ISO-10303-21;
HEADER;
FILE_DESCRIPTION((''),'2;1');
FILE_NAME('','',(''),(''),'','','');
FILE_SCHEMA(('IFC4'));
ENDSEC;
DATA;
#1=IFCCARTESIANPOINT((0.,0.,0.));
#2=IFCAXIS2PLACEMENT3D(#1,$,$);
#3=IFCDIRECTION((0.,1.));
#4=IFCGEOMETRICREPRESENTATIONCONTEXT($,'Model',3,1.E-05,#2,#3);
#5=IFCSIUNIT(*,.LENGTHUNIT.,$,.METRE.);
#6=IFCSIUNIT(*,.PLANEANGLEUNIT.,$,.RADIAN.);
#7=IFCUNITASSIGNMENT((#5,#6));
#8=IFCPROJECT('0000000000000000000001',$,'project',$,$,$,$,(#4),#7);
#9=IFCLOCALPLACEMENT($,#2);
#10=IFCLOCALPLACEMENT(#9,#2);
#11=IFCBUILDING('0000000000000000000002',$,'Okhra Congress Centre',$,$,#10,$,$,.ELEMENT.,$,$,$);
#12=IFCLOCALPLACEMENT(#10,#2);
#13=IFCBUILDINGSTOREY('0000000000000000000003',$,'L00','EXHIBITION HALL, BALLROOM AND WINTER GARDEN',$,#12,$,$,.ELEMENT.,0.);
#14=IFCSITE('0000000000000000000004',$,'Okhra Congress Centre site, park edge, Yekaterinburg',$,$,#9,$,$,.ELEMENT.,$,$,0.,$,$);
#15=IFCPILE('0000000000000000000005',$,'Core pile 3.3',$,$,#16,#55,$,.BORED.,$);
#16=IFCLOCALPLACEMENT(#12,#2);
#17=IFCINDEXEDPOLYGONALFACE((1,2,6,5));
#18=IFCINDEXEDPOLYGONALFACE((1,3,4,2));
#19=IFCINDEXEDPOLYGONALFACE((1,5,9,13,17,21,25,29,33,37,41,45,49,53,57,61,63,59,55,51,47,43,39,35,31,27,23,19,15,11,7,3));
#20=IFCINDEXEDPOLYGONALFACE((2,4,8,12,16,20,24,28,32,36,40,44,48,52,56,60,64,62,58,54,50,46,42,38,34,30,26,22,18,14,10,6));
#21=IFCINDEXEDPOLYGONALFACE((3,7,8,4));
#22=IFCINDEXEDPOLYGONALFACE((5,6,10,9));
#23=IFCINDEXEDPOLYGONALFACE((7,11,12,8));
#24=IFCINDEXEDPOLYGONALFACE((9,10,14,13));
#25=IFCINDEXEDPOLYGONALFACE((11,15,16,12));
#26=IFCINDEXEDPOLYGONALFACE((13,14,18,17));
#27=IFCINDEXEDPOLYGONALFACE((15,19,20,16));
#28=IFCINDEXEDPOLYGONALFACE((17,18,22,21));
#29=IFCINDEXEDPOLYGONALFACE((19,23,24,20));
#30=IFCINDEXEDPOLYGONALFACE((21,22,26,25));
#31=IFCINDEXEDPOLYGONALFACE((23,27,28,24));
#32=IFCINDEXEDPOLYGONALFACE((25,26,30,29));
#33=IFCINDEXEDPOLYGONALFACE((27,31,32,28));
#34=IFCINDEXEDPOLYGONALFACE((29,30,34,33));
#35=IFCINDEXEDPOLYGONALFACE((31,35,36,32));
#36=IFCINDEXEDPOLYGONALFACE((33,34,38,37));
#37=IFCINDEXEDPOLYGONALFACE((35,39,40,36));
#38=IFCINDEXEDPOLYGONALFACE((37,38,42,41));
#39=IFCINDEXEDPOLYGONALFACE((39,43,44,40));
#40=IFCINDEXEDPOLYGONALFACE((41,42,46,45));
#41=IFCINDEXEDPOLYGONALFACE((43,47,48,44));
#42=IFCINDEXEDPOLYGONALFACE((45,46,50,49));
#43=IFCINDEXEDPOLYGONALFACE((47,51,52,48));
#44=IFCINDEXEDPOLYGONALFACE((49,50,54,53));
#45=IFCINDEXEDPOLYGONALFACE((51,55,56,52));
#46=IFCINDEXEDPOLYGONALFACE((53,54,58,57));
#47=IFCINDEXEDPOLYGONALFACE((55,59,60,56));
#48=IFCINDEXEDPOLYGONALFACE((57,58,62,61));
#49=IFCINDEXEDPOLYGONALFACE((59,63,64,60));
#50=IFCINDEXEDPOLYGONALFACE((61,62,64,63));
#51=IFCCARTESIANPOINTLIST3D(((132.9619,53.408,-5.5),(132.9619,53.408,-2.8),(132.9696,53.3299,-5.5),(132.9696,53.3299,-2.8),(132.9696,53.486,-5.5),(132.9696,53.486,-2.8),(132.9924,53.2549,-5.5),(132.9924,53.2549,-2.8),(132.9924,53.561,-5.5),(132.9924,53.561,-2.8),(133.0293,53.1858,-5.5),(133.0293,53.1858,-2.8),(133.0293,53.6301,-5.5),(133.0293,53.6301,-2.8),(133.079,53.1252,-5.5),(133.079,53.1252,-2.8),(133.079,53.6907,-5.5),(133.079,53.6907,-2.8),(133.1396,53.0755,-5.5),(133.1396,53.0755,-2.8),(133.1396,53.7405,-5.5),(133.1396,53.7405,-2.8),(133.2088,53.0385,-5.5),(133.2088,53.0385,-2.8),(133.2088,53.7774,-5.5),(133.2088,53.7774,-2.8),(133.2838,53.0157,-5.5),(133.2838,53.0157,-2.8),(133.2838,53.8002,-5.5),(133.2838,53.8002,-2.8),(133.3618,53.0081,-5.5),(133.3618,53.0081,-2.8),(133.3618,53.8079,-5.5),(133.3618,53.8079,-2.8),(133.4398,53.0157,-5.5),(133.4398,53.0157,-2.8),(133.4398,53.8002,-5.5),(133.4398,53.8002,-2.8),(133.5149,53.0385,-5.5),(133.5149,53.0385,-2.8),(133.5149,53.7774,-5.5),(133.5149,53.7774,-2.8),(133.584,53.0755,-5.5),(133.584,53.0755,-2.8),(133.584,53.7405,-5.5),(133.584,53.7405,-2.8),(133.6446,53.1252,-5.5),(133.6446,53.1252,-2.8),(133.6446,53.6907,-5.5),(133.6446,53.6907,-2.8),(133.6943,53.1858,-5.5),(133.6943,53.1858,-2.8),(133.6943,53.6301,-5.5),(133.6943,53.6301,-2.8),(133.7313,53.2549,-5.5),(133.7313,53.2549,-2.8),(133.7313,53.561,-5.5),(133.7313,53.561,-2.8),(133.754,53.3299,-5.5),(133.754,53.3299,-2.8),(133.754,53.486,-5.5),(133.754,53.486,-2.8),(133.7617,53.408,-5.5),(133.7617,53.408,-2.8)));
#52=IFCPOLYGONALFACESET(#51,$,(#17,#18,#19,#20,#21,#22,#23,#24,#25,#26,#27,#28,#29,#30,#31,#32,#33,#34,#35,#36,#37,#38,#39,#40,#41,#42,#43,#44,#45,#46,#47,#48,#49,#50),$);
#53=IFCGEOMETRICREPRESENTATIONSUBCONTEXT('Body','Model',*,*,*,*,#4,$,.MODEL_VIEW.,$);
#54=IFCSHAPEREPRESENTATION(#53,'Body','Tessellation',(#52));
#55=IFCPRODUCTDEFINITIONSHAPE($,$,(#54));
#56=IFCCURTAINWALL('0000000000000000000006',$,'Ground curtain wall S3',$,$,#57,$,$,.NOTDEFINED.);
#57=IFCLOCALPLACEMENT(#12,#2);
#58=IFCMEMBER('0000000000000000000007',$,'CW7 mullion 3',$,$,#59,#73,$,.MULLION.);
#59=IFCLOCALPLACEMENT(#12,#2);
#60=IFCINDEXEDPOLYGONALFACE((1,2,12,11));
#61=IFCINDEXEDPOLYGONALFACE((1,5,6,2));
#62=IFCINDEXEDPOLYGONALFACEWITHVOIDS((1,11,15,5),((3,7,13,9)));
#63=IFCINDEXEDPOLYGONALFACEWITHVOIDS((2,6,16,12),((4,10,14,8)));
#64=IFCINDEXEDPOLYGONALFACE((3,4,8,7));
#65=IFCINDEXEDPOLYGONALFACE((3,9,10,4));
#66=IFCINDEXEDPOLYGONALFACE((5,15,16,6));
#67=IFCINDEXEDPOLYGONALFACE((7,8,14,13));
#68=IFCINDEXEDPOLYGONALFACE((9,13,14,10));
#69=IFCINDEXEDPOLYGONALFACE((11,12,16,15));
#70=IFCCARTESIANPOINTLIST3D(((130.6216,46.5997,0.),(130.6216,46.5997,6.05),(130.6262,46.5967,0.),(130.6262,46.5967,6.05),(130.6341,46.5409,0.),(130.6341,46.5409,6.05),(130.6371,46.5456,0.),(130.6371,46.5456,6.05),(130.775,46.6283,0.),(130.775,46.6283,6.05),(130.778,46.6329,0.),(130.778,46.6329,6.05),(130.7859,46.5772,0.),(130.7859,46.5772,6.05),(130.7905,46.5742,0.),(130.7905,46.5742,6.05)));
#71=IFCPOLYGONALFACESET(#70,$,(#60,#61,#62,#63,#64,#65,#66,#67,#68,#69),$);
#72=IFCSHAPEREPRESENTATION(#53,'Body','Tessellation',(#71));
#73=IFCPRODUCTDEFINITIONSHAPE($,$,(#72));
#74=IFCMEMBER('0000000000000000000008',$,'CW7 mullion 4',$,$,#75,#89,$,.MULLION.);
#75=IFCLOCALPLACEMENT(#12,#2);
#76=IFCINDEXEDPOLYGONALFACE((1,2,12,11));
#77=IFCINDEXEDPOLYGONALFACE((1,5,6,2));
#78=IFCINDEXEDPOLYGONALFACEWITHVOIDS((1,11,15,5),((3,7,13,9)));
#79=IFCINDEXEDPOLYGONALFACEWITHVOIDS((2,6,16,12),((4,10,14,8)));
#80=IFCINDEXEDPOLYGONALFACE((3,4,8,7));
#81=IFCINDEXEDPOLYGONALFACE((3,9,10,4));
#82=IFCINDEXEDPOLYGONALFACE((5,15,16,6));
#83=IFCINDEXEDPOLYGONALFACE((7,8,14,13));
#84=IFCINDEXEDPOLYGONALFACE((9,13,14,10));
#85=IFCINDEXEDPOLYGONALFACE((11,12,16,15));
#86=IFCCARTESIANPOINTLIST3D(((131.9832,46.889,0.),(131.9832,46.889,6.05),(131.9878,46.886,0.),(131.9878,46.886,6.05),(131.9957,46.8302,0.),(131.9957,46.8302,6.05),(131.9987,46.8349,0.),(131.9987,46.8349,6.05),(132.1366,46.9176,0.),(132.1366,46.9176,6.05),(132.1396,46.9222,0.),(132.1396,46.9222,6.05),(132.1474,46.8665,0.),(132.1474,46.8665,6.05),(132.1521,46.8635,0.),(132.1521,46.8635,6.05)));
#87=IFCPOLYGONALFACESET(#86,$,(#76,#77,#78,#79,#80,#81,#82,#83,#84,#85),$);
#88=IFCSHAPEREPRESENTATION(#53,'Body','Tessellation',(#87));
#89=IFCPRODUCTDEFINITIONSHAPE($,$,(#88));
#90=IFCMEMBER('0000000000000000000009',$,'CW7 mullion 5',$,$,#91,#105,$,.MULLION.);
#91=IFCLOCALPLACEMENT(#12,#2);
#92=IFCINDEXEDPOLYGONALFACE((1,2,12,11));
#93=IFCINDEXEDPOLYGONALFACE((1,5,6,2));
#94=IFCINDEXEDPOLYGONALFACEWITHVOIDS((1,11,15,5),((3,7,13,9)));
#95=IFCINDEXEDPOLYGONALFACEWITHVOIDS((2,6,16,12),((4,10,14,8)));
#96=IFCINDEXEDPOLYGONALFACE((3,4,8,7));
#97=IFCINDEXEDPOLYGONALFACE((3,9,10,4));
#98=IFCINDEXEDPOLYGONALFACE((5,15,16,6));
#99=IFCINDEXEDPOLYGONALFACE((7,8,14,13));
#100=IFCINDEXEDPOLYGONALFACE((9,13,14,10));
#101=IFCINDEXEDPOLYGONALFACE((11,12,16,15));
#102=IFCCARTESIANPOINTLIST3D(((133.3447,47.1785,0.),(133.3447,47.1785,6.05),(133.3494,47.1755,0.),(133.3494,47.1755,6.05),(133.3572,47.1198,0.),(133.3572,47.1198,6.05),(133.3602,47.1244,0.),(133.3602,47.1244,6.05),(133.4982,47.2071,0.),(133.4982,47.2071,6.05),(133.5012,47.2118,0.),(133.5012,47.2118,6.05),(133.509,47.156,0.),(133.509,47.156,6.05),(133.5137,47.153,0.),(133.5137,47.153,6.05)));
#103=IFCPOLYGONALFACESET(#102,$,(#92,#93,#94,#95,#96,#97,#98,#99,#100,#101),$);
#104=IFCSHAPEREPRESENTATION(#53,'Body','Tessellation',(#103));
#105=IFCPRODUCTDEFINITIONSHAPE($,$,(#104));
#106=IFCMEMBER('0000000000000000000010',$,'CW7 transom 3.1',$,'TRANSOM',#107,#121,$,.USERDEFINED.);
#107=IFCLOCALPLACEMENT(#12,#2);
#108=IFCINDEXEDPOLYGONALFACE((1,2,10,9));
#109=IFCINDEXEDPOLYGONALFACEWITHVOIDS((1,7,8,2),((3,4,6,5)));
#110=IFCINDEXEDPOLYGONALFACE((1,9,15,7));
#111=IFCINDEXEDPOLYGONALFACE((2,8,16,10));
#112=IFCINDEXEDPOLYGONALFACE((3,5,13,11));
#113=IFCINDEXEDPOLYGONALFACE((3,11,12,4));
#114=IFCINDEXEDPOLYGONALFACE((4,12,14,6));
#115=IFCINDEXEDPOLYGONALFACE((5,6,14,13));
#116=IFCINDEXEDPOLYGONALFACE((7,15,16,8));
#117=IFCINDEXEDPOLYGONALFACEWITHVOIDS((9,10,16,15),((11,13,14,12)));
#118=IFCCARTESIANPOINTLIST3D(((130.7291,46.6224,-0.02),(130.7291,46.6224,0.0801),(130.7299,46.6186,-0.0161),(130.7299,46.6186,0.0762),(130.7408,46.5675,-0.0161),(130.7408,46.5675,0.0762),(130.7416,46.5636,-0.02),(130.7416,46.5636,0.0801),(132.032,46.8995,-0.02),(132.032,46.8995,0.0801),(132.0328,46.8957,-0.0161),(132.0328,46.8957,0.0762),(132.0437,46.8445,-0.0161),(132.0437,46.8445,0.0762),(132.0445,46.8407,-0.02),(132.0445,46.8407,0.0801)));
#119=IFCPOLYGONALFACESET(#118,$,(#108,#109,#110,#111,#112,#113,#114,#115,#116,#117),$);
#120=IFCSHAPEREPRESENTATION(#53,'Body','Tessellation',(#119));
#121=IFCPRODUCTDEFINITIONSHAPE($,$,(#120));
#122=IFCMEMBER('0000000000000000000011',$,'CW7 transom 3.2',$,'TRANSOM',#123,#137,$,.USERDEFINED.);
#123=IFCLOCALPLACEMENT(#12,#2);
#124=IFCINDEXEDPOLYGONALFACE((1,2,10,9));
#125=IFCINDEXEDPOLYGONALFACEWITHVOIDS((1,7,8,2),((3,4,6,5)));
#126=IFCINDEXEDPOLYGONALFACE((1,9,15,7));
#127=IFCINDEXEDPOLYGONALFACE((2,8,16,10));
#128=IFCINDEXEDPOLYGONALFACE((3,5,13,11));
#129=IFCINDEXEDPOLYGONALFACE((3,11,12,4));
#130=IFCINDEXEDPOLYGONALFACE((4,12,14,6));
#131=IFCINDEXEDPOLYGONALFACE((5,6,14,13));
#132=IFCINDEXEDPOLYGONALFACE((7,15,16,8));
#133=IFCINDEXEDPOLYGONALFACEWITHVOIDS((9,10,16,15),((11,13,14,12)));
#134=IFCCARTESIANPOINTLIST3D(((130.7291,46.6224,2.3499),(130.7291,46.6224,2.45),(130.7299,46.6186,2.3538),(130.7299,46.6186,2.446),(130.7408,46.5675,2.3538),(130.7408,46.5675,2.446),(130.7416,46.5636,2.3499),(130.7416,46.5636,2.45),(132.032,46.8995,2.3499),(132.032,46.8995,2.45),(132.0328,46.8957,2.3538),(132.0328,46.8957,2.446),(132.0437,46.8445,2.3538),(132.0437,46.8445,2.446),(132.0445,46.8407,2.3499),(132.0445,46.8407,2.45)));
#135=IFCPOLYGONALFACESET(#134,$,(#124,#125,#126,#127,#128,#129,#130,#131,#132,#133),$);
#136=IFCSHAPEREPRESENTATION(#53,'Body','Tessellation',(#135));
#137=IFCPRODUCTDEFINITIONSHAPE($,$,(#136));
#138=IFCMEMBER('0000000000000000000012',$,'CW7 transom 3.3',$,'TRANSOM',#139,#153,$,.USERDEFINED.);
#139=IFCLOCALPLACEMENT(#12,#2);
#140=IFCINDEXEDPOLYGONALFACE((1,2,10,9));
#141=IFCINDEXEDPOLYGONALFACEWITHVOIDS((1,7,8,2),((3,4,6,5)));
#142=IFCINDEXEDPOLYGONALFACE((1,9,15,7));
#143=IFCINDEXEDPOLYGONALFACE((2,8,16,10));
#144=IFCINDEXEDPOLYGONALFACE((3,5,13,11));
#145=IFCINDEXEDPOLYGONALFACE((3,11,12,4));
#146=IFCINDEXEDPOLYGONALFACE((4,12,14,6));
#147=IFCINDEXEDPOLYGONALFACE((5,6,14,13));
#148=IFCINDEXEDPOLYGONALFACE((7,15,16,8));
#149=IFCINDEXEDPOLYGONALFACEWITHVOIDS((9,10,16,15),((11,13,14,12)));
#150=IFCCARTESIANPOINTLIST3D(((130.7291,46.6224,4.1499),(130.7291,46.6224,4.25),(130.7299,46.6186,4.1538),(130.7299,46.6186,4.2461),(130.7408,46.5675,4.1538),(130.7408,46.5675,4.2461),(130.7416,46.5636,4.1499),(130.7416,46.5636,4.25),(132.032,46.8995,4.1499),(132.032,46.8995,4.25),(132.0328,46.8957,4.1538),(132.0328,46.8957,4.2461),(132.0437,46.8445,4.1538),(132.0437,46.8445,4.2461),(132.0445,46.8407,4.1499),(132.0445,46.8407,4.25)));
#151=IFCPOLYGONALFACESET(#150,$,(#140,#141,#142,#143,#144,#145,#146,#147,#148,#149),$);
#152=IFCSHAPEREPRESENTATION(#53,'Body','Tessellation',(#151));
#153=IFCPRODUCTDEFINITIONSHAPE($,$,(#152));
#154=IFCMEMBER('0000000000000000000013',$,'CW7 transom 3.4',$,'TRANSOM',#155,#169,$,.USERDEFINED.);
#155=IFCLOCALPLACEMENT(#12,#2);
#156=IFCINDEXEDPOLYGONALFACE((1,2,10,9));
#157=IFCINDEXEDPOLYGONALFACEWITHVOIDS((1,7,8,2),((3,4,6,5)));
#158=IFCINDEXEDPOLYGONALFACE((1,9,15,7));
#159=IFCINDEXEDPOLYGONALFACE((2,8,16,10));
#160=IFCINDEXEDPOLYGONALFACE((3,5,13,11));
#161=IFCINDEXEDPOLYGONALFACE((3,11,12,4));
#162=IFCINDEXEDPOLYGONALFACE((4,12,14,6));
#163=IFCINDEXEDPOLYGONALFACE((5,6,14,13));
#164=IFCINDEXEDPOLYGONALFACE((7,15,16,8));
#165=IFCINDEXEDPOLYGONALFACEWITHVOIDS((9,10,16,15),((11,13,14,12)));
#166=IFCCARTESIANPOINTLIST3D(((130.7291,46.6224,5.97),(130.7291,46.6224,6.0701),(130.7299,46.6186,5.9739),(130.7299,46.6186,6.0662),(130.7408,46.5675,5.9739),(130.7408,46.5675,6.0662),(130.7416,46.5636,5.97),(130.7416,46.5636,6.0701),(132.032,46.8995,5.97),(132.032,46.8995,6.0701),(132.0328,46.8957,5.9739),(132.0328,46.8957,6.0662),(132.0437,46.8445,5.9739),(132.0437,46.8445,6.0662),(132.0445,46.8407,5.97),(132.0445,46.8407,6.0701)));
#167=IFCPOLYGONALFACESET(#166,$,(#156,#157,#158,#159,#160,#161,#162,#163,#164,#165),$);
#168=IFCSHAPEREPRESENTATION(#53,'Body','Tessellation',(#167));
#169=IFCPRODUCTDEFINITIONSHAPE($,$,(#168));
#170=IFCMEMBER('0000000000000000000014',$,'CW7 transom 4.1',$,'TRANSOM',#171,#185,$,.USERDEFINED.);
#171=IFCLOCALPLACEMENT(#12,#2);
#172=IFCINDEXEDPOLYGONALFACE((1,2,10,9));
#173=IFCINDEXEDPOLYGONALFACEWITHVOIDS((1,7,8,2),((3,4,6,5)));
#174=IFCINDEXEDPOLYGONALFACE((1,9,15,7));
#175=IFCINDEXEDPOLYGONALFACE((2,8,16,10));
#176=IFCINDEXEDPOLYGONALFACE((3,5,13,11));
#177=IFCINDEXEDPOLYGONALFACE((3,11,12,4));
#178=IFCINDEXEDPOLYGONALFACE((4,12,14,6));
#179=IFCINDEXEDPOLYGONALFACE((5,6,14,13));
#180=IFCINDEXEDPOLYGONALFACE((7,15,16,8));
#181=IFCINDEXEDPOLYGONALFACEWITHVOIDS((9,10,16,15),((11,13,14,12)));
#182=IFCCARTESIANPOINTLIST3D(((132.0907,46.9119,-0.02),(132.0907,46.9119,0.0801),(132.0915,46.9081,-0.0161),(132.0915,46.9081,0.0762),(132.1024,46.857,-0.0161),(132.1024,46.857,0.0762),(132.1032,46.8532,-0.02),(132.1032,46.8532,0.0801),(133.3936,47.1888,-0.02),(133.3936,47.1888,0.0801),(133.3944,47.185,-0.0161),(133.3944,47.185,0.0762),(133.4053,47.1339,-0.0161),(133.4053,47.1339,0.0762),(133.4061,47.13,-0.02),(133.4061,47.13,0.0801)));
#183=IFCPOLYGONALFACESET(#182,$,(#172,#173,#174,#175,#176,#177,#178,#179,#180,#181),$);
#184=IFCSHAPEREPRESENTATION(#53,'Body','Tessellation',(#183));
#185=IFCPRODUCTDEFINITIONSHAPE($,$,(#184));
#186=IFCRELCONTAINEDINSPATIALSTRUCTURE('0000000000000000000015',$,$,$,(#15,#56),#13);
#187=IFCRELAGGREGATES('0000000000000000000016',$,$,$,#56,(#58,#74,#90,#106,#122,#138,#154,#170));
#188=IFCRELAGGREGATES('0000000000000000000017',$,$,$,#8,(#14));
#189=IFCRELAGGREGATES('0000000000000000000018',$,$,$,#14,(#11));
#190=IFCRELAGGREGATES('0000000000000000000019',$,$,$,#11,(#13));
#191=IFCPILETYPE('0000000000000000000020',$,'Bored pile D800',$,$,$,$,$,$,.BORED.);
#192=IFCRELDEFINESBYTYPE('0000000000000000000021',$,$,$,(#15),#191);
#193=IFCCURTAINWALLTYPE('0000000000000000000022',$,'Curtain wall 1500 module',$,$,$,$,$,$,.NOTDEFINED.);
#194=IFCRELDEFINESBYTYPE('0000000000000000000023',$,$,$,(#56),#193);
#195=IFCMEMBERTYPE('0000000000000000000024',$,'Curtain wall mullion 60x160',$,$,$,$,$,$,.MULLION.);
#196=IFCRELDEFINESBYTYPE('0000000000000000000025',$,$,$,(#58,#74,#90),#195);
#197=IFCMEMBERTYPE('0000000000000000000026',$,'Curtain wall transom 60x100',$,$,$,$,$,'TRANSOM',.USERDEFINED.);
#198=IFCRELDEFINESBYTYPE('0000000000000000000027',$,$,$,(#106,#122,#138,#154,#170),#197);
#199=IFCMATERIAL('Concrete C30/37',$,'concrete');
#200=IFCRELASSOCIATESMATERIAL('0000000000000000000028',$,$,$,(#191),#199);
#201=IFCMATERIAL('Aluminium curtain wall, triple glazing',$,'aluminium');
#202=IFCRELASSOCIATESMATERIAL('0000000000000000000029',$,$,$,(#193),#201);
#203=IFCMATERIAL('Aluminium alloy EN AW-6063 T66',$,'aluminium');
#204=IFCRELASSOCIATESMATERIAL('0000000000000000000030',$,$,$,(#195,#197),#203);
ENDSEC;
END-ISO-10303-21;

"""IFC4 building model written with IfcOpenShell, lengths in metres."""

from ifc_helpers import new_model, si_unit, direction, frame, origin, origin_2d, place, context, subcontext, project, spatial, hollow_rectangle, circle, extrude, material, material_profile, profile_set, type_object, element, aggregate, save


model = new_model("IFC4")

# Units and contexts
model_context = context("Model", 3, precision=1e-05, world=origin(), true_north=direction((0.0, 1.0)))
body_context = subcontext(model_context, "Body", "Model", "MODEL_VIEW")
ifc_project = project(units=[si_unit("LENGTHUNIT", "METRE"), si_unit("PLANEANGLEUNIT", "RADIAN")], contexts=[model_context])

# Site, building, storey
site_placement = place(None, origin())
site = spatial("IfcSite", under=ifc_project, at=site_placement, Name="Okhra Congress Centre site, park edge, Yekaterinburg", CompositionType="ELEMENT", RefElevation=0.0)
building_placement = place(site_placement, origin())
building = spatial("IfcBuilding", under=site, at=building_placement, Name="Okhra Congress Centre", CompositionType="ELEMENT")
storey_placement = place(building_placement, origin())
storey = spatial("IfcBuildingStorey", under=building, at=storey_placement, Name="L00", Description="EXHIBITION HALL, BALLROOM AND WINTER GARDEN", CompositionType="ELEMENT", Elevation=0.0)

# Pile
ifc_material_1 = material(Name="Concrete C30/37", Category="concrete")
ifc_material_profile_1 = material_profile(ifc_material_1, circle(Radius=0.3999, at=origin_2d()), Name="D800")
ifc_profile_set_1 = profile_set([ifc_material_profile_1], Name="Concrete C30/37")
pile_type = type_object("IfcPileType", Name="Bored pile D800", PredefinedType="BORED", material=ifc_profile_set_1)
pile_placement = place(storey_placement, frame((133.3618, 53.408, -2.8), z_axis=(0.0, 0.0, -1.0), x_axis=(1.0, 0.0, 0.0)))
element("IfcPile", 1, at=pile_placement, inside=storey, type_object=pile_type, Name="Core pile 3.3", PredefinedType="BORED", context=body_context, shape_type="SweptSolid", body=[
    extrude(circle(Radius=0.3999, at=origin_2d()), origin(), (0.0, 0.0, 1.0), 2.7),
])

# Curtain wall, members
ifc_material_2 = material(Name="Aluminium curtain wall, triple glazing", Category="aluminium")
curtain_wall_type = type_object("IfcCurtainWallType", Name="Curtain wall 1500 module", PredefinedType="NOTDEFINED", material=ifc_material_2)
curtain_wall_placement = place(storey_placement, origin())
curtain_wall = element("IfcCurtainWall", 2, at=curtain_wall_placement, inside=storey, type_object=curtain_wall_type, Name="Ground curtain wall S3", PredefinedType="NOTDEFINED")
ifc_material_3 = material(Name="Aluminium alloy EN AW-6063 T66", Category="aluminium")
ifc_material_profile_2 = material_profile(ifc_material_3, hollow_rectangle(XDim=0.0601, YDim=0.1599, WallThickness=0.0039, at=origin_2d()), Name="RHS 60x160x4")
ifc_profile_set_2 = profile_set([ifc_material_profile_2], Name="Aluminium alloy EN AW-6063 T66")
member_type_1 = type_object("IfcMemberType", Name="Curtain wall mullion 60x160", PredefinedType="MULLION", material=ifc_profile_set_2)
member_1_placement = place(storey_placement, frame((130.7061, 46.5869, 0.0), z_axis=(0.0, 0.0, 1.0), x_axis=(-0.207912, 0.978148, 0.0)))
member_1 = element("IfcMember", 3, at=member_1_placement, type_object=member_type_1, Name="CW7 mullion 3", PredefinedType="MULLION", context=body_context, shape_type="SweptSolid", body=[
    extrude(hollow_rectangle(XDim=0.0601, YDim=0.1599, WallThickness=0.0039, at=origin_2d()), origin(), (0.0, 0.0, 1.0), 6.05),
])
member_2_placement = place(storey_placement, frame((132.0676, 46.8762, 0.0), z_axis=(0.0, 0.0, 1.0), x_axis=(-0.207912, 0.978148, 0.0)))
member_2 = element("IfcMember", 4, at=member_2_placement, type_object=member_type_1, Name="CW7 mullion 4", PredefinedType="MULLION", context=body_context, shape_type="SweptSolid", body=[
    extrude(hollow_rectangle(XDim=0.0601, YDim=0.1599, WallThickness=0.0039, at=origin_2d()), origin(), (0.0, 0.0, 1.0), 6.05),
])
member_3_placement = place(storey_placement, frame((133.4292, 47.1658, 0.0), z_axis=(0.0, 0.0, 1.0), x_axis=(-0.207912, 0.978148, 0.0)))
member_3 = element("IfcMember", 5, at=member_3_placement, type_object=member_type_1, Name="CW7 mullion 5", PredefinedType="MULLION", context=body_context, shape_type="SweptSolid", body=[
    extrude(hollow_rectangle(XDim=0.0601, YDim=0.1599, WallThickness=0.0039, at=origin_2d()), origin(), (0.0, 0.0, 1.0), 6.05),
])
ifc_material_profile_3 = material_profile(ifc_material_3, hollow_rectangle(XDim=0.0601, YDim=0.1001, WallThickness=0.0039, at=origin_2d()), Name="RHS 60x100x4")
ifc_profile_set_3 = profile_set([ifc_material_profile_3], Name="Aluminium alloy EN AW-6063 T66")
member_type_2 = type_object("IfcMemberType", Name="Curtain wall transom 60x100", ElementType="TRANSOM", PredefinedType="USERDEFINED", material=ifc_profile_set_3)
member_4_placement = place(storey_placement, frame((130.7354, 46.593, 0.03), z_axis=(0.978126, 0.208014, 0.0), x_axis=(-0.208014, 0.978126, 0.0)))
member_4 = element("IfcMember", 6, at=member_4_placement, type_object=member_type_2, Name="CW7 transom 3.1", ObjectType="TRANSOM", PredefinedType="USERDEFINED", context=body_context, shape_type="SweptSolid", body=[
    extrude(hollow_rectangle(XDim=0.0601, YDim=0.1001, WallThickness=0.0039, at=origin_2d()), origin(), (0.0, 0.0, 1.0), 1.332),
])
member_5_placement = place(storey_placement, frame((130.7354, 46.593, 2.3999), z_axis=(0.978126, 0.208014, 0.0), x_axis=(-0.208014, 0.978126, 0.0)))
member_5 = element("IfcMember", 7, at=member_5_placement, type_object=member_type_2, Name="CW7 transom 3.2", ObjectType="TRANSOM", PredefinedType="USERDEFINED", context=body_context, shape_type="SweptSolid", body=[
    extrude(hollow_rectangle(XDim=0.0601, YDim=0.1001, WallThickness=0.0039, at=origin_2d()), origin(), (0.0, 0.0, 1.0), 1.332),
])
member_6_placement = place(storey_placement, frame((130.7354, 46.593, 4.2), z_axis=(0.978126, 0.208014, 0.0), x_axis=(-0.208014, 0.978126, 0.0)))
member_6 = element("IfcMember", 8, at=member_6_placement, type_object=member_type_2, Name="CW7 transom 3.3", ObjectType="TRANSOM", PredefinedType="USERDEFINED", context=body_context, shape_type="SweptSolid", body=[
    extrude(hollow_rectangle(XDim=0.0601, YDim=0.1001, WallThickness=0.0039, at=origin_2d()), origin(), (0.0, 0.0, 1.0), 1.332),
])
member_7_placement = place(storey_placement, frame((130.7354, 46.593, 6.02), z_axis=(0.978126, 0.208014, 0.0), x_axis=(-0.208014, 0.978126, 0.0)))
member_7 = element("IfcMember", 9, at=member_7_placement, type_object=member_type_2, Name="CW7 transom 3.4", ObjectType="TRANSOM", PredefinedType="USERDEFINED", context=body_context, shape_type="SweptSolid", body=[
    extrude(hollow_rectangle(XDim=0.0601, YDim=0.1001, WallThickness=0.0039, at=origin_2d()), origin(), (0.0, 0.0, 1.0), 1.332),
])
member_8_placement = place(storey_placement, frame((132.0969, 46.8826, 0.03), z_axis=(0.978163, 0.207839, 0.0), x_axis=(-0.207839, 0.978163, 0.0)))
member_8 = element("IfcMember", 10, at=member_8_placement, type_object=member_type_2, Name="CW7 transom 4.1", ObjectType="TRANSOM", PredefinedType="USERDEFINED", context=body_context, shape_type="SweptSolid", body=[
    extrude(hollow_rectangle(XDim=0.0601, YDim=0.1001, WallThickness=0.0039, at=origin_2d()), origin(), (0.0, 0.0, 1.0), 1.332),
])
aggregate(curtain_wall, [member_1, member_2, member_3, member_4, member_5, member_6, member_7, member_8])

save(model, "model.ifc")
